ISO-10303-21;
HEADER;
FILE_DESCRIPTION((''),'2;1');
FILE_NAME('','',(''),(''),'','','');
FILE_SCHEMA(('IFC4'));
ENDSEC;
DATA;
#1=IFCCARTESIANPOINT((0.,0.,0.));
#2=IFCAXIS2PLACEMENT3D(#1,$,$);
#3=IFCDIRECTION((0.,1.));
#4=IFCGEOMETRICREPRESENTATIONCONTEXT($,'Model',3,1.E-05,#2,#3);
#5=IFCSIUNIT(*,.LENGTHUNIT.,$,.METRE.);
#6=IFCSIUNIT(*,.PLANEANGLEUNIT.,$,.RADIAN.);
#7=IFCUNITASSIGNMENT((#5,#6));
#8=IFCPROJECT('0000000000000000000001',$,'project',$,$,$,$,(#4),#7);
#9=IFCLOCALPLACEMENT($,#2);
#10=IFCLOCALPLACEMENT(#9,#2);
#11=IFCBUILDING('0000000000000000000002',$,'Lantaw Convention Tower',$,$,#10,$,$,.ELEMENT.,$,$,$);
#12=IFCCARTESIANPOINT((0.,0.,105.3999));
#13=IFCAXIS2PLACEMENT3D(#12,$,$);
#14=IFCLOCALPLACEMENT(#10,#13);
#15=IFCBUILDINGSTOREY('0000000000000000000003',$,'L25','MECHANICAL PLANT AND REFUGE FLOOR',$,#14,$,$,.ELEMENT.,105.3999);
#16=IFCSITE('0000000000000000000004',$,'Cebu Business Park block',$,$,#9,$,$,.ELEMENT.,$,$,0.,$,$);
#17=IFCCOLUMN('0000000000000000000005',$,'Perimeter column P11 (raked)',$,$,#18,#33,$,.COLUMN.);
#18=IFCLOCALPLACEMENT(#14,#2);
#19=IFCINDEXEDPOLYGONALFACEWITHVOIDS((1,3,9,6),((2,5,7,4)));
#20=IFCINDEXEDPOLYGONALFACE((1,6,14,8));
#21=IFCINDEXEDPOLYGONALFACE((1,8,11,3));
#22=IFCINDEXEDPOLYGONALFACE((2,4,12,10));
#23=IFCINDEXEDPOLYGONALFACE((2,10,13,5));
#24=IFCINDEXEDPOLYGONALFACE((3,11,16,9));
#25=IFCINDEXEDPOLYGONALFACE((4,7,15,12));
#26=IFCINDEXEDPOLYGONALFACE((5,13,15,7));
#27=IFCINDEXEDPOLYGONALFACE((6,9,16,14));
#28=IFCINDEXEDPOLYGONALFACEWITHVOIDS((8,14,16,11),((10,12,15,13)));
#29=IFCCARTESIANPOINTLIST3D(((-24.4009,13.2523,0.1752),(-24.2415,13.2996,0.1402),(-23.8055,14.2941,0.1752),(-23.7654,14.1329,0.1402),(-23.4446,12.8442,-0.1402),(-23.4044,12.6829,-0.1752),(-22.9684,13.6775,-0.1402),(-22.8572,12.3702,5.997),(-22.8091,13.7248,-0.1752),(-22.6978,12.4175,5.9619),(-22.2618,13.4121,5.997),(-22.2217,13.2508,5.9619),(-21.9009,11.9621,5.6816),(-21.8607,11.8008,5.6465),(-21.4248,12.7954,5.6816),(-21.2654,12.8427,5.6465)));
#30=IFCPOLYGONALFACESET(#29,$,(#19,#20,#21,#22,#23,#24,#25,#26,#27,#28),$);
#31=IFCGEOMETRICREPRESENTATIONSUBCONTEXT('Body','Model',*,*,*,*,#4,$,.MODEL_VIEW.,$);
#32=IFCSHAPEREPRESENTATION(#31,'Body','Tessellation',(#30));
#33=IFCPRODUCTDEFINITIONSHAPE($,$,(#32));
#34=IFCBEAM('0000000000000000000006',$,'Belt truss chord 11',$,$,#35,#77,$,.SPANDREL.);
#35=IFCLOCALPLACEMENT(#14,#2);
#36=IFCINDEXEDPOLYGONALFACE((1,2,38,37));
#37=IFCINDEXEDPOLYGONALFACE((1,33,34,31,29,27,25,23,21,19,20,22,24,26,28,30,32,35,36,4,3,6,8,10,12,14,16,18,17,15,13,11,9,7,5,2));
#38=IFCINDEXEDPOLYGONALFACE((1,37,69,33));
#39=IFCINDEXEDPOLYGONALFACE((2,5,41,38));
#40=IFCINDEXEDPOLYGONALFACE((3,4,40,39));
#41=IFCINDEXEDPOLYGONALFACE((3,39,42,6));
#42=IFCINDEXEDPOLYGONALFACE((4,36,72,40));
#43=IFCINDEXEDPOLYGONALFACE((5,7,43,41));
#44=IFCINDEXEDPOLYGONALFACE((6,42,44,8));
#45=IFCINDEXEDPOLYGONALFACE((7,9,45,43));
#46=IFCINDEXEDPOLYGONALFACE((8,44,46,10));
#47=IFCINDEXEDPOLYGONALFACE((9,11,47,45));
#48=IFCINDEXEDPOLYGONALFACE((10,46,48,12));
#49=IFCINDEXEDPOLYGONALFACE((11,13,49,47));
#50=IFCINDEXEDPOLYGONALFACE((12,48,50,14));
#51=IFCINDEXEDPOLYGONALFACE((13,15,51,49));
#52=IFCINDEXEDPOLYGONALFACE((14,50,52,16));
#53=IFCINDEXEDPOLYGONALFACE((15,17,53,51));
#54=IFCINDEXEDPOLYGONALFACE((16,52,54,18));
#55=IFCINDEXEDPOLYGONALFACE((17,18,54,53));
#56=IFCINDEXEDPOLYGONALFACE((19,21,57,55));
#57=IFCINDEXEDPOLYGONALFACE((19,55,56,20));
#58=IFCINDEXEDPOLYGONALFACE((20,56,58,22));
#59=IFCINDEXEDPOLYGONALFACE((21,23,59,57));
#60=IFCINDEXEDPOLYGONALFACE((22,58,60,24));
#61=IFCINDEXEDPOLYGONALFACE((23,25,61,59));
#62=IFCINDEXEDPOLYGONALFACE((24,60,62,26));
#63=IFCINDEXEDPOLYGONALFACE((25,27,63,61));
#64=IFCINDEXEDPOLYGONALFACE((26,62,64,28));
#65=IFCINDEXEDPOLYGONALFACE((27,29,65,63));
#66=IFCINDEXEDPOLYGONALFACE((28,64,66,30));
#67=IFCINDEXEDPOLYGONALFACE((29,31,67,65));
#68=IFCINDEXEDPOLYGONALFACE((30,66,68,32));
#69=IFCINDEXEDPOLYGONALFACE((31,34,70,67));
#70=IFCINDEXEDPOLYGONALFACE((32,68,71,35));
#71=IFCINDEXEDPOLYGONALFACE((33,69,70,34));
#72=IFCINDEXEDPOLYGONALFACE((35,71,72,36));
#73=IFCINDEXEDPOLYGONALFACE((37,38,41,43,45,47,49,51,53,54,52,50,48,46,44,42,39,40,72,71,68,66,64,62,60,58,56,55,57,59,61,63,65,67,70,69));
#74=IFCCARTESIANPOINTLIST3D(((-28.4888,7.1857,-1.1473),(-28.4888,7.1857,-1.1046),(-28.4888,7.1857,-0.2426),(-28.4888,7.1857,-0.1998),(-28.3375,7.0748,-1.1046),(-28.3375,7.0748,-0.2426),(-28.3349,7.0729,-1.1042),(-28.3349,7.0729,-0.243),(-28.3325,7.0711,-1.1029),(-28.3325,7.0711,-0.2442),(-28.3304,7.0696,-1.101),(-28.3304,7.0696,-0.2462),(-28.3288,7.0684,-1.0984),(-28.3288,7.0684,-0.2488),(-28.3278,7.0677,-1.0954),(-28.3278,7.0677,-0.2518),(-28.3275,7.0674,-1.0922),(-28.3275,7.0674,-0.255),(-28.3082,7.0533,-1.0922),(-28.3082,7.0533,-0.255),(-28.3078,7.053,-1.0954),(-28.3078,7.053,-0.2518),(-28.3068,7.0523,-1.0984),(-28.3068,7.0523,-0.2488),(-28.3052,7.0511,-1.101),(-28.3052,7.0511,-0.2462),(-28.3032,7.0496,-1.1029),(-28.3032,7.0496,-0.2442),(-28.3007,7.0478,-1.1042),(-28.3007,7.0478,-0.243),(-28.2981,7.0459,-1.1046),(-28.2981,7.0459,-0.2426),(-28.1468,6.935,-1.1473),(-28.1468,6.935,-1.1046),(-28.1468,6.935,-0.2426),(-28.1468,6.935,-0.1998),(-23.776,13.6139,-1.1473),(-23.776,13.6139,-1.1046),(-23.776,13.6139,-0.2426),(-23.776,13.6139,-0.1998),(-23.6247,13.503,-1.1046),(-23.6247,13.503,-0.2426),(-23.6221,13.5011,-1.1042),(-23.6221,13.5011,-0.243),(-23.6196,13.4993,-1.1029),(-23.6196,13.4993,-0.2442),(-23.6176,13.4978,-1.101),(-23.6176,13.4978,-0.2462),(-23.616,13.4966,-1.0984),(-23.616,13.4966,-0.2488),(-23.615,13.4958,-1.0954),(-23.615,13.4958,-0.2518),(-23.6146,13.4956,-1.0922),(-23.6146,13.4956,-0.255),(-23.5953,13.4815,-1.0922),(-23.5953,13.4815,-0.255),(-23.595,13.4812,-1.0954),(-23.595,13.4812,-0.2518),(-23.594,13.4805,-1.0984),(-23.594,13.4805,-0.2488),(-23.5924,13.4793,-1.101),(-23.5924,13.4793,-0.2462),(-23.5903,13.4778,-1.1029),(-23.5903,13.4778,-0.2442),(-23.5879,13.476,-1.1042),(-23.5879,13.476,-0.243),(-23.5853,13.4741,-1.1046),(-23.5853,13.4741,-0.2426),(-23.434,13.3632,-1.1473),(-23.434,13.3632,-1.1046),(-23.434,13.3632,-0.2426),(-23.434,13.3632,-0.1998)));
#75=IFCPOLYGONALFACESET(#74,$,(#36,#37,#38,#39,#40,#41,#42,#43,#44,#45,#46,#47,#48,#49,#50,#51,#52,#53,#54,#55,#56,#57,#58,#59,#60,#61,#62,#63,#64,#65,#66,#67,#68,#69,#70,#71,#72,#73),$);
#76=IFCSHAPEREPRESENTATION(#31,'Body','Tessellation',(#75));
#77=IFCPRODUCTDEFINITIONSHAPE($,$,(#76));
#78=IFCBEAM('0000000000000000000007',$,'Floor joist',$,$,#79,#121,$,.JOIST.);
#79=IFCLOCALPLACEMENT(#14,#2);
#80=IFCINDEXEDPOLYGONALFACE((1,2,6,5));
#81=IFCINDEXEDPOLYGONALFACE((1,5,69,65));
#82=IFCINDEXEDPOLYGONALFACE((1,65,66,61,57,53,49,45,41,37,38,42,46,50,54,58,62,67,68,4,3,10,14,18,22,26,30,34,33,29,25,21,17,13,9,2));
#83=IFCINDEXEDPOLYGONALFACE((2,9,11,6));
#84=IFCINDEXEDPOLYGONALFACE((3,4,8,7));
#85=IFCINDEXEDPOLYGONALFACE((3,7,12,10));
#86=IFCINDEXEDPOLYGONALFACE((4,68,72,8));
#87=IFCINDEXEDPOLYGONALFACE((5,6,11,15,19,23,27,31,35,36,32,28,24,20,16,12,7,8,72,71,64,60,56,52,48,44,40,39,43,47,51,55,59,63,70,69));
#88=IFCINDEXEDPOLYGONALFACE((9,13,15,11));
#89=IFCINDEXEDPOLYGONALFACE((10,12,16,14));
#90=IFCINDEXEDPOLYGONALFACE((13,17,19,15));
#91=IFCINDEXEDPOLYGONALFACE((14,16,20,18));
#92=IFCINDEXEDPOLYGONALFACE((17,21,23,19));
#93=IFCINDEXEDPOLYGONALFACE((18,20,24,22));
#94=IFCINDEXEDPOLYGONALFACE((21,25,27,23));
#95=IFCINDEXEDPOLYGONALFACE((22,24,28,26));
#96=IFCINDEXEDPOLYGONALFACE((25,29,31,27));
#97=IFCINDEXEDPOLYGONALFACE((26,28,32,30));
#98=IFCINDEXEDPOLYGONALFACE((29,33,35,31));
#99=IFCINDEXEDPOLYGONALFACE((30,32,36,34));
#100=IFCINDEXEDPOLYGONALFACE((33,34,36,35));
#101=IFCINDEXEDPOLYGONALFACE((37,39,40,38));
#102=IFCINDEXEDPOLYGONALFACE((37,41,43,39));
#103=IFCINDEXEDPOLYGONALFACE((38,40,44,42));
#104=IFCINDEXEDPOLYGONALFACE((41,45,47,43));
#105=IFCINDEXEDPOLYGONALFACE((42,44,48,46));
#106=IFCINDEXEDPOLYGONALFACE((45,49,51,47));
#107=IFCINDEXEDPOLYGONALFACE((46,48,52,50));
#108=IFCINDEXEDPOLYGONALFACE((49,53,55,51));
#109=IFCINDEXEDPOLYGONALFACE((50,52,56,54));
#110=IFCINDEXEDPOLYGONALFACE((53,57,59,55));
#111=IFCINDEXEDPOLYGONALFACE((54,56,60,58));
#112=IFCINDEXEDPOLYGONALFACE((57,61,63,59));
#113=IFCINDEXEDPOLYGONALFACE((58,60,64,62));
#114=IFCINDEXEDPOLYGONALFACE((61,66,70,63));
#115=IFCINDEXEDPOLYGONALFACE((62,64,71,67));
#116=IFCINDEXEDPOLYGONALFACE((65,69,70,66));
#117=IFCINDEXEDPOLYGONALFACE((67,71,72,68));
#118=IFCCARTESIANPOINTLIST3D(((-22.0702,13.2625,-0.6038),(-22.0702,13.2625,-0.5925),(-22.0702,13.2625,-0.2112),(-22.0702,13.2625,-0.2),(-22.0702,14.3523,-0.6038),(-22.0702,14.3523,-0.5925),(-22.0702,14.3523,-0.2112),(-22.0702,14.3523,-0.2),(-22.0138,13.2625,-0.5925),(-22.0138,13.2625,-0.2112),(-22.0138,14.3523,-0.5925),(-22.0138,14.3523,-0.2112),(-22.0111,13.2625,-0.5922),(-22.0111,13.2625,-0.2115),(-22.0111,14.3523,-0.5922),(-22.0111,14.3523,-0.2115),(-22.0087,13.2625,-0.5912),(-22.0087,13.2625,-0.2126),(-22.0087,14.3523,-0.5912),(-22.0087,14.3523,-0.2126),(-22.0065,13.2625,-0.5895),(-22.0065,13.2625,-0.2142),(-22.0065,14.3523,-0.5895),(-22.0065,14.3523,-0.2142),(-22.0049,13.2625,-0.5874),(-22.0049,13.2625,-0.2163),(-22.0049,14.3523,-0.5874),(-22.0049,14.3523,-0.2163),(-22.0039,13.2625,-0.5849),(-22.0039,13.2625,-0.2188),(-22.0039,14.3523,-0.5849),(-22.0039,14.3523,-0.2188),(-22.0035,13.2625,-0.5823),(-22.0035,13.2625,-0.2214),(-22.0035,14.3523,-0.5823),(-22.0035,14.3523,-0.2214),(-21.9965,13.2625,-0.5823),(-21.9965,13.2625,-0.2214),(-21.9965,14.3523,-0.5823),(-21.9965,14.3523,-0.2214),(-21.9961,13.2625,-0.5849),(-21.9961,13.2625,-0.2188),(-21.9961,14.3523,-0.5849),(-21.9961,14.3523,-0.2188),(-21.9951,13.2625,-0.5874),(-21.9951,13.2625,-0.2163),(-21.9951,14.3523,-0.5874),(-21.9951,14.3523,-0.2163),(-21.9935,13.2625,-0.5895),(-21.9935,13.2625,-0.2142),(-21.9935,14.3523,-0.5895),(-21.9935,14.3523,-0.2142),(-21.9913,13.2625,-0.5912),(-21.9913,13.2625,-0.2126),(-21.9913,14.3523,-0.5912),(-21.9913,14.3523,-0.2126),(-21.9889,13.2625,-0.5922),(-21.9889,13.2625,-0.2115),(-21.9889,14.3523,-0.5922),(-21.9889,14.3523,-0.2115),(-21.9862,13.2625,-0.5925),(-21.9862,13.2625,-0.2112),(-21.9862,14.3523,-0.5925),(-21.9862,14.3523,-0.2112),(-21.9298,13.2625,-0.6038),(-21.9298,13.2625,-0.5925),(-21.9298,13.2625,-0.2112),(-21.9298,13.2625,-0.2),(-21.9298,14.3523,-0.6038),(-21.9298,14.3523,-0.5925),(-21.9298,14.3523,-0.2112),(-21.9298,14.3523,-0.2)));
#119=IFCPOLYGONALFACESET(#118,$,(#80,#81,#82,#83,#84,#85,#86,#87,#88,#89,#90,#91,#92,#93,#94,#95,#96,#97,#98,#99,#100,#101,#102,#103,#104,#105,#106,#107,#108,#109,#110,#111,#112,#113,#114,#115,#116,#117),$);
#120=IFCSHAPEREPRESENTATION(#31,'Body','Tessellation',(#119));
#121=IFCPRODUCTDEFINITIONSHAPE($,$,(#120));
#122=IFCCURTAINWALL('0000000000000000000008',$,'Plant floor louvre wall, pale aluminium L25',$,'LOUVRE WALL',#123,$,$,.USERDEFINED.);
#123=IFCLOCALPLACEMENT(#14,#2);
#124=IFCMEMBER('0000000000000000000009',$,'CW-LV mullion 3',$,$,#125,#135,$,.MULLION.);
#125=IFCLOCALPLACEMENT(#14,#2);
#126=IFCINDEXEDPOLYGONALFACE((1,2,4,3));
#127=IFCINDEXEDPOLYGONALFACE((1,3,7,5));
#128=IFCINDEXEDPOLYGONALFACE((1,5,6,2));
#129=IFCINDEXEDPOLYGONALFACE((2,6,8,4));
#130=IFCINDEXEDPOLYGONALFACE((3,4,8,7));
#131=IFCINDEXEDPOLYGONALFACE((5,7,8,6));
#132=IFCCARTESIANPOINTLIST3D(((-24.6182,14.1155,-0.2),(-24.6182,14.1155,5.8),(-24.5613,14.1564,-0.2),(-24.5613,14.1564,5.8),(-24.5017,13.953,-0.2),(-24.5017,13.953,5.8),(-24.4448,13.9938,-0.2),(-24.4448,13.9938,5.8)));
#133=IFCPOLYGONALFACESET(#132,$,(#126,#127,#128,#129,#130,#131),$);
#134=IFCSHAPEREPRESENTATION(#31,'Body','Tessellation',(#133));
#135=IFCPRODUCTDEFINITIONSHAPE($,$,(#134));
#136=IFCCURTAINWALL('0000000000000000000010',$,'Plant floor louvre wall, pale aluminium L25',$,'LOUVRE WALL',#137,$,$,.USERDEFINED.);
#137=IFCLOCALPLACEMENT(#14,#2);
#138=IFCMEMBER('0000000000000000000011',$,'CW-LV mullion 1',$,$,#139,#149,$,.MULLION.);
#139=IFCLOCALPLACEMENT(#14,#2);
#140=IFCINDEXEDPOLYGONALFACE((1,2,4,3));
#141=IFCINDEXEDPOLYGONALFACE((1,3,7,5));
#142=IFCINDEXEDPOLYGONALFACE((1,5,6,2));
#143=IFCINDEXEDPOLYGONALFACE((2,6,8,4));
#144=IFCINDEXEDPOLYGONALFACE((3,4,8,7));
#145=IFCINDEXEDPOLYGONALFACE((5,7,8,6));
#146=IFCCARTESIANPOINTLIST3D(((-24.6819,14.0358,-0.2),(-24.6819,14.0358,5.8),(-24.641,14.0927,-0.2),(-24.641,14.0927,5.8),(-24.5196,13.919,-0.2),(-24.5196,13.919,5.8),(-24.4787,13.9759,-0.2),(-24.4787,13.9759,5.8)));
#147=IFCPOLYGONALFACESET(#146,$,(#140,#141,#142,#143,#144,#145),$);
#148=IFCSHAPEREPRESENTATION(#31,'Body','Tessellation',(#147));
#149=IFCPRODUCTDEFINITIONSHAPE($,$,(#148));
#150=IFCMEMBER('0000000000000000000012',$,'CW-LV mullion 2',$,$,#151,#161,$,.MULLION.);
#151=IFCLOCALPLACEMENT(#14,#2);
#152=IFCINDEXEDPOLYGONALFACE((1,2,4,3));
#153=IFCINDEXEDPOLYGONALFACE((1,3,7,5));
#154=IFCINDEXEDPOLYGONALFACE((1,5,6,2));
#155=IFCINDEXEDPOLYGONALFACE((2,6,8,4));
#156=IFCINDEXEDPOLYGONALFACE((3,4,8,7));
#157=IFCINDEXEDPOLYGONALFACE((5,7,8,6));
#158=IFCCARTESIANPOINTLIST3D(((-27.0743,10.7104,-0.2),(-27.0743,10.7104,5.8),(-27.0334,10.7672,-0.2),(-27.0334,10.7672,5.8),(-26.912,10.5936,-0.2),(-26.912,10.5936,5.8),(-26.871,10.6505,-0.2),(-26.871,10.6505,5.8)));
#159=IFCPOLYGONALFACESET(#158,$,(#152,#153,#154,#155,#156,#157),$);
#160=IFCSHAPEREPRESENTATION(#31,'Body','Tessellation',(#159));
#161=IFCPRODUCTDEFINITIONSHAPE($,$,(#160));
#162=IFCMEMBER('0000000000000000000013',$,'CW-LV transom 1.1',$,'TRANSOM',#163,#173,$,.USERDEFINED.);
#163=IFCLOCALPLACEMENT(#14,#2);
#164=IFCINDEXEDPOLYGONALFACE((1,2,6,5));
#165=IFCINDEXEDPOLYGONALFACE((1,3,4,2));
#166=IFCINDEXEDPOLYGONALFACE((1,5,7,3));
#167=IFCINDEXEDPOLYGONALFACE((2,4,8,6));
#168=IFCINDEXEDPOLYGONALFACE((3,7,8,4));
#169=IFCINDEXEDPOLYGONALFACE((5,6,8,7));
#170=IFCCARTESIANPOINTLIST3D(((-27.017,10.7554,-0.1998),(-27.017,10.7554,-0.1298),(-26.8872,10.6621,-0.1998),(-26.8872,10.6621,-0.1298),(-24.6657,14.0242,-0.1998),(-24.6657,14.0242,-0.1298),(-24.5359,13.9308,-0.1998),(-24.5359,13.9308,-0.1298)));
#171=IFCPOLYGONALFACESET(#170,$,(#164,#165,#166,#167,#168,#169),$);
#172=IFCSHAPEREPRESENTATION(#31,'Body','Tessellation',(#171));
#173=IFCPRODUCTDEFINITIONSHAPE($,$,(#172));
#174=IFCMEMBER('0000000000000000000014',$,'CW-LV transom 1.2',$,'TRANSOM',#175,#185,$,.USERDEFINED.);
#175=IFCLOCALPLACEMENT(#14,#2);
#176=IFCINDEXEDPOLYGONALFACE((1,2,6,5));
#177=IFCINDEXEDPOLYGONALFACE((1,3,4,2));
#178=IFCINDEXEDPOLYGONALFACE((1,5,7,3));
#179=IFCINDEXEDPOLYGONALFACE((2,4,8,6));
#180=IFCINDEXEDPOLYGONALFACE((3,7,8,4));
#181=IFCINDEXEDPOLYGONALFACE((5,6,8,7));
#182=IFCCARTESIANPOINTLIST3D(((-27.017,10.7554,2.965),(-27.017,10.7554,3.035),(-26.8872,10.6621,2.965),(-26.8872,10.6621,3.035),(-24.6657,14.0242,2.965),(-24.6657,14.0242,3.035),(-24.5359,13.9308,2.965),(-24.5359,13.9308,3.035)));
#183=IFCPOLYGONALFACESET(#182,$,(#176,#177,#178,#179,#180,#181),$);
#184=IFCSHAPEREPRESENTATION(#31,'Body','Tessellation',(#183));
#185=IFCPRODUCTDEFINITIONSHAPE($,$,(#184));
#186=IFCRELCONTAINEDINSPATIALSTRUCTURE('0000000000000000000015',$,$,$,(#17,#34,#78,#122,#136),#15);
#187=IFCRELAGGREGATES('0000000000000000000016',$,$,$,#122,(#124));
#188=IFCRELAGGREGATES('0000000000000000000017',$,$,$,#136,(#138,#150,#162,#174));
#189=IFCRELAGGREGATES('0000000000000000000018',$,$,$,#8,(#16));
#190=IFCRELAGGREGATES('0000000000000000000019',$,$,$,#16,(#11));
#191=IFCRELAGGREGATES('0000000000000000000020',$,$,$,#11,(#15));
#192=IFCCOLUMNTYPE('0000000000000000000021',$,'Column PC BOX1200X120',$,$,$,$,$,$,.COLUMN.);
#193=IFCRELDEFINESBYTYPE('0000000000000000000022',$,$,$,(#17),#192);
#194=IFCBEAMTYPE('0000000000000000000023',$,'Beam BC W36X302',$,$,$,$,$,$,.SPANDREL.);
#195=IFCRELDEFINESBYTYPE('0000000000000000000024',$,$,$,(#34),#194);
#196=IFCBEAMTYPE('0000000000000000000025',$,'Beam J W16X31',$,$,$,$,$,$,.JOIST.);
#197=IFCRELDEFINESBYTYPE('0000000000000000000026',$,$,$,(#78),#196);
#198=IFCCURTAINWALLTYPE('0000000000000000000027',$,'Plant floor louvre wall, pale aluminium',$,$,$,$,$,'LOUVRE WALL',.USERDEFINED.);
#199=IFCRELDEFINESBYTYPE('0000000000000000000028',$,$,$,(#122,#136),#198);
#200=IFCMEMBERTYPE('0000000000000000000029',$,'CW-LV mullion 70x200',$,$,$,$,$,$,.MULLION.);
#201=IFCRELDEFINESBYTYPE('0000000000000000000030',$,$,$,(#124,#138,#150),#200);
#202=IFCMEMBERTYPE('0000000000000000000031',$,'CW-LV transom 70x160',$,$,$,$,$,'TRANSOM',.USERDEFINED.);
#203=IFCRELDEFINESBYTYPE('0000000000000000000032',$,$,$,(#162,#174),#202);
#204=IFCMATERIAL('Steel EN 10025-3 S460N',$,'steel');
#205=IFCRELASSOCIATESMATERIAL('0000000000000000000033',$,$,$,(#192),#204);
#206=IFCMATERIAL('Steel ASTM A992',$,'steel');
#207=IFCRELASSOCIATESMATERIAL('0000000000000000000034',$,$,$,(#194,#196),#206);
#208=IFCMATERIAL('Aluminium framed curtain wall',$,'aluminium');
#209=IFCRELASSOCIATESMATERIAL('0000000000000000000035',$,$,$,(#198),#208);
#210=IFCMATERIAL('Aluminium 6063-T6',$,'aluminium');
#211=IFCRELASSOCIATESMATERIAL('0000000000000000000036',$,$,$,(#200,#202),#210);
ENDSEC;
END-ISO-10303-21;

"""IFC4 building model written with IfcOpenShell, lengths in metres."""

from ifc_helpers import new_model, si_unit, direction, frame, origin, origin_2d, place, context, subcontext, project, spatial, rectangle, hollow_rectangle, i_section, extrude, material, material_profile, profile_set, type_object, element, aggregate, save


model = new_model("IFC4")

# Units and contexts
model_context = context("Model", 3, precision=1e-05, world=origin(), true_north=direction((0.0, 1.0)))
body_context = subcontext(model_context, "Body", "Model", "MODEL_VIEW")
ifc_project = project(units=[si_unit("LENGTHUNIT", "METRE"), si_unit("PLANEANGLEUNIT", "RADIAN")], contexts=[model_context])

# Site, building, storey
site_placement = place(None, origin())
site = spatial("IfcSite", under=ifc_project, at=site_placement, Name="Cebu Business Park block", CompositionType="ELEMENT", RefElevation=0.0)
building_placement = place(site_placement, origin())
building = spatial("IfcBuilding", under=site, at=building_placement, Name="Lantaw Convention Tower", CompositionType="ELEMENT")
storey_placement = place(building_placement, frame((0.0, 0.0, 105.3999)))
storey = spatial("IfcBuildingStorey", under=building, at=storey_placement, Name="L25", Description="MECHANICAL PLANT AND REFUGE FLOOR", CompositionType="ELEMENT", Elevation=105.3999)

# Column
ifc_material_1 = material(Name="Steel EN 10025-3 S460N", Category="steel")
ifc_material_profile_1 = material_profile(ifc_material_1, hollow_rectangle(XDim=1.2, YDim=1.2, WallThickness=0.1201, at=origin_2d()), Name="BOX1200X120")
ifc_material_2 = material(Name="Concrete C60/75", Category="concrete")
ifc_material_profile_2 = material_profile(ifc_material_2, rectangle(XDim=0.96, YDim=0.96, at=origin_2d()), Name="Concrete fill of BOX1200X120")
ifc_profile_set_1 = profile_set([ifc_material_profile_1, ifc_material_profile_2], Name="Steel EN 10025-3 S460N")
column_type = type_object("IfcColumnType", Name="Column PC BOX1200X120", PredefinedType="COLUMN", material=ifc_profile_set_1)
column_placement = place(storey_placement, frame((-23.605, 13.4885, 0.0), z_axis=(0.253597, -0.144907, 0.956394), x_axis=(0.496124, 0.868252, 0.0)))
element("IfcColumn", 1, at=column_placement, inside=storey, type_object=column_type, Name="Perimeter column P11 (raked)", PredefinedType="COLUMN", context=body_context, shape_type="SweptSolid", body=[
    extrude(hollow_rectangle(XDim=1.2, YDim=1.2, WallThickness=0.1201, at=origin_2d()), origin(), (0.0, 0.0, 1.0), 6.0872),
])

# Beams
ifc_material_3 = material(Name="Steel ASTM A992", Category="steel")
ifc_material_profile_3 = material_profile(ifc_material_3, i_section(OverallWidth=0.4241, OverallDepth=0.9475, WebThickness=0.0239, FlangeThickness=0.0427, FilletRadius=0.0125, at=origin_2d()), Name="W36X302")
ifc_profile_set_2 = profile_set([ifc_material_profile_3], Name="Steel ASTM A992")
beam_type_1 = type_object("IfcBeamType", Name="Beam BC W36X302", PredefinedType="SPANDREL", material=ifc_profile_set_2)
beam_1_placement = place(storey_placement, frame((-23.605, 13.4885, -0.6736), z_axis=(-0.591271, -0.806473, 0.0), x_axis=(0.806473, -0.591271, 0.0)))
element("IfcBeam", 2, at=beam_1_placement, inside=storey, type_object=beam_type_1, Name="Belt truss chord 11", PredefinedType="SPANDREL", context=body_context, shape_type="SweptSolid", body=[
    extrude(i_section(OverallWidth=0.4241, OverallDepth=0.9475, WebThickness=0.0239, FlangeThickness=0.0427, FilletRadius=0.0125, at=origin_2d()), origin(), (0.0, 0.0, 1.0), 7.9707),
])
ifc_material_profile_4 = material_profile(ifc_material_3, i_section(OverallWidth=0.1404, OverallDepth=0.4038, WebThickness=0.0071, FlangeThickness=0.0112, FilletRadius=0.0103, at=origin_2d()), Name="W16X31")
ifc_profile_set_3 = profile_set([ifc_material_profile_4], Name="Steel ASTM A992")
beam_type_2 = type_object("IfcBeamType", Name="Beam J W16X31", PredefinedType="JOIST", material=ifc_profile_set_3)
beam_2_placement = place(storey_placement, frame((-22.0, 13.2625, -0.4019), z_axis=(0.0, 1.0, 0.0), x_axis=(-1.0, 0.0, 0.0)))
element("IfcBeam", 3, at=beam_2_placement, inside=storey, type_object=beam_type_2, Name="Floor joist", PredefinedType="JOIST", context=body_context, shape_type="SweptSolid", body=[
    extrude(i_section(OverallWidth=0.1404, OverallDepth=0.4038, WebThickness=0.0071, FlangeThickness=0.0112, FilletRadius=0.0103, at=origin_2d()), origin(), (0.0, 0.0, 1.0), 1.0898),
])

# Curtain wall, member
ifc_material_4 = material(Name="Aluminium framed curtain wall", Category="aluminium")
curtain_wall_type = type_object("IfcCurtainWallType", Name="Plant floor louvre wall, pale aluminium", ElementType="LOUVRE WALL", PredefinedType="USERDEFINED", material=ifc_material_4)
curtain_wall_1_placement = place(storey_placement, origin())
curtain_wall_1 = element("IfcCurtainWall", 4, at=curtain_wall_1_placement, inside=storey, type_object=curtain_wall_type, Name="Plant floor louvre wall, pale aluminium L25", ObjectType="LOUVRE WALL", PredefinedType="USERDEFINED")
ifc_material_5 = material(Name="Aluminium 6063-T6", Category="aluminium")
ifc_material_profile_5 = material_profile(ifc_material_5, rectangle(XDim=0.2, YDim=0.0701, at=origin_2d()), Name="CW-LV mullion 70x200")
ifc_profile_set_4 = profile_set([ifc_material_profile_5], Name="Aluminium 6063-T6")
member_type_1 = type_object("IfcMemberType", Name="CW-LV mullion 70x200", PredefinedType="MULLION", material=ifc_profile_set_4)
member_1_placement = place(storey_placement, frame((-24.5315, 14.0547, -0.2), z_axis=(0.0, 0.0, 1.0), x_axis=(0.582538, -0.812804, 0.0)))
member_1 = element("IfcMember", 5, at=member_1_placement, type_object=member_type_1, Name="CW-LV mullion 3", PredefinedType="MULLION", context=body_context, shape_type="SweptSolid", body=[
    extrude(rectangle(XDim=0.2, YDim=0.0701, at=origin_2d()), origin(), (0.0, 0.0, 1.0), 6.0),
])

# Curtain wall, members
curtain_wall_2_placement = place(storey_placement, origin())
curtain_wall_2 = element("IfcCurtainWall", 6, at=curtain_wall_2_placement, inside=storey, type_object=curtain_wall_type, Name="Plant floor louvre wall, pale aluminium L25", ObjectType="LOUVRE WALL", PredefinedType="USERDEFINED")
member_2_placement = place(storey_placement, frame((-24.5803, 14.0059, -0.2), z_axis=(0.0, 0.0, 1.0), x_axis=(0.811789, -0.583951, 0.0)))
member_2 = element("IfcMember", 7, at=member_2_placement, type_object=member_type_1, Name="CW-LV mullion 1", PredefinedType="MULLION", context=body_context, shape_type="SweptSolid", body=[
    extrude(rectangle(XDim=0.2, YDim=0.0701, at=origin_2d()), origin(), (0.0, 0.0, 1.0), 6.0),
])
member_3_placement = place(storey_placement, frame((-26.9727, 10.6804, -0.2), z_axis=(0.0, 0.0, 1.0), x_axis=(0.811789, -0.583951, 0.0)))
member_3 = element("IfcMember", 8, at=member_3_placement, type_object=member_type_1, Name="CW-LV mullion 2", PredefinedType="MULLION", context=body_context, shape_type="SweptSolid", body=[
    extrude(rectangle(XDim=0.2, YDim=0.0701, at=origin_2d()), origin(), (0.0, 0.0, 1.0), 6.0),
])
ifc_material_profile_6 = material_profile(ifc_material_5, rectangle(XDim=0.1599, YDim=0.0701, at=origin_2d()), Name="CW-LV transom 70x160")
ifc_profile_set_5 = profile_set([ifc_material_profile_6], Name="Aluminium 6063-T6")
member_type_2 = type_object("IfcMemberType", Name="CW-LV transom 70x160", ElementType="TRANSOM", PredefinedType="USERDEFINED", material=ifc_profile_set_5)
member_4_placement = place(storey_placement, frame((-24.6008, 13.9775, -0.1648), z_axis=(-0.583942, -0.811795, 0.0), x_axis=(0.811795, -0.583942, 0.0)))
member_4 = element("IfcMember", 9, at=member_4_placement, type_object=member_type_2, Name="CW-LV transom 1.1", ObjectType="TRANSOM", PredefinedType="USERDEFINED", context=body_context, shape_type="SweptSolid", body=[
    extrude(rectangle(XDim=0.1599, YDim=0.0701, at=origin_2d()), origin(), (0.0, 0.0, 1.0), 4.0266),
])
member_5_placement = place(storey_placement, frame((-24.6008, 13.9775, 3.0), z_axis=(-0.583942, -0.811795, 0.0), x_axis=(0.811795, -0.583942, 0.0)))
member_5 = element("IfcMember", 10, at=member_5_placement, type_object=member_type_2, Name="CW-LV transom 1.2", ObjectType="TRANSOM", PredefinedType="USERDEFINED", context=body_context, shape_type="SweptSolid", body=[
    extrude(rectangle(XDim=0.1599, YDim=0.0701, at=origin_2d()), origin(), (0.0, 0.0, 1.0), 4.0266),
])

aggregate(curtain_wall_1, [member_1])
aggregate(curtain_wall_2, [member_2, member_3, member_4, member_5])

save(model, "model.ifc")
